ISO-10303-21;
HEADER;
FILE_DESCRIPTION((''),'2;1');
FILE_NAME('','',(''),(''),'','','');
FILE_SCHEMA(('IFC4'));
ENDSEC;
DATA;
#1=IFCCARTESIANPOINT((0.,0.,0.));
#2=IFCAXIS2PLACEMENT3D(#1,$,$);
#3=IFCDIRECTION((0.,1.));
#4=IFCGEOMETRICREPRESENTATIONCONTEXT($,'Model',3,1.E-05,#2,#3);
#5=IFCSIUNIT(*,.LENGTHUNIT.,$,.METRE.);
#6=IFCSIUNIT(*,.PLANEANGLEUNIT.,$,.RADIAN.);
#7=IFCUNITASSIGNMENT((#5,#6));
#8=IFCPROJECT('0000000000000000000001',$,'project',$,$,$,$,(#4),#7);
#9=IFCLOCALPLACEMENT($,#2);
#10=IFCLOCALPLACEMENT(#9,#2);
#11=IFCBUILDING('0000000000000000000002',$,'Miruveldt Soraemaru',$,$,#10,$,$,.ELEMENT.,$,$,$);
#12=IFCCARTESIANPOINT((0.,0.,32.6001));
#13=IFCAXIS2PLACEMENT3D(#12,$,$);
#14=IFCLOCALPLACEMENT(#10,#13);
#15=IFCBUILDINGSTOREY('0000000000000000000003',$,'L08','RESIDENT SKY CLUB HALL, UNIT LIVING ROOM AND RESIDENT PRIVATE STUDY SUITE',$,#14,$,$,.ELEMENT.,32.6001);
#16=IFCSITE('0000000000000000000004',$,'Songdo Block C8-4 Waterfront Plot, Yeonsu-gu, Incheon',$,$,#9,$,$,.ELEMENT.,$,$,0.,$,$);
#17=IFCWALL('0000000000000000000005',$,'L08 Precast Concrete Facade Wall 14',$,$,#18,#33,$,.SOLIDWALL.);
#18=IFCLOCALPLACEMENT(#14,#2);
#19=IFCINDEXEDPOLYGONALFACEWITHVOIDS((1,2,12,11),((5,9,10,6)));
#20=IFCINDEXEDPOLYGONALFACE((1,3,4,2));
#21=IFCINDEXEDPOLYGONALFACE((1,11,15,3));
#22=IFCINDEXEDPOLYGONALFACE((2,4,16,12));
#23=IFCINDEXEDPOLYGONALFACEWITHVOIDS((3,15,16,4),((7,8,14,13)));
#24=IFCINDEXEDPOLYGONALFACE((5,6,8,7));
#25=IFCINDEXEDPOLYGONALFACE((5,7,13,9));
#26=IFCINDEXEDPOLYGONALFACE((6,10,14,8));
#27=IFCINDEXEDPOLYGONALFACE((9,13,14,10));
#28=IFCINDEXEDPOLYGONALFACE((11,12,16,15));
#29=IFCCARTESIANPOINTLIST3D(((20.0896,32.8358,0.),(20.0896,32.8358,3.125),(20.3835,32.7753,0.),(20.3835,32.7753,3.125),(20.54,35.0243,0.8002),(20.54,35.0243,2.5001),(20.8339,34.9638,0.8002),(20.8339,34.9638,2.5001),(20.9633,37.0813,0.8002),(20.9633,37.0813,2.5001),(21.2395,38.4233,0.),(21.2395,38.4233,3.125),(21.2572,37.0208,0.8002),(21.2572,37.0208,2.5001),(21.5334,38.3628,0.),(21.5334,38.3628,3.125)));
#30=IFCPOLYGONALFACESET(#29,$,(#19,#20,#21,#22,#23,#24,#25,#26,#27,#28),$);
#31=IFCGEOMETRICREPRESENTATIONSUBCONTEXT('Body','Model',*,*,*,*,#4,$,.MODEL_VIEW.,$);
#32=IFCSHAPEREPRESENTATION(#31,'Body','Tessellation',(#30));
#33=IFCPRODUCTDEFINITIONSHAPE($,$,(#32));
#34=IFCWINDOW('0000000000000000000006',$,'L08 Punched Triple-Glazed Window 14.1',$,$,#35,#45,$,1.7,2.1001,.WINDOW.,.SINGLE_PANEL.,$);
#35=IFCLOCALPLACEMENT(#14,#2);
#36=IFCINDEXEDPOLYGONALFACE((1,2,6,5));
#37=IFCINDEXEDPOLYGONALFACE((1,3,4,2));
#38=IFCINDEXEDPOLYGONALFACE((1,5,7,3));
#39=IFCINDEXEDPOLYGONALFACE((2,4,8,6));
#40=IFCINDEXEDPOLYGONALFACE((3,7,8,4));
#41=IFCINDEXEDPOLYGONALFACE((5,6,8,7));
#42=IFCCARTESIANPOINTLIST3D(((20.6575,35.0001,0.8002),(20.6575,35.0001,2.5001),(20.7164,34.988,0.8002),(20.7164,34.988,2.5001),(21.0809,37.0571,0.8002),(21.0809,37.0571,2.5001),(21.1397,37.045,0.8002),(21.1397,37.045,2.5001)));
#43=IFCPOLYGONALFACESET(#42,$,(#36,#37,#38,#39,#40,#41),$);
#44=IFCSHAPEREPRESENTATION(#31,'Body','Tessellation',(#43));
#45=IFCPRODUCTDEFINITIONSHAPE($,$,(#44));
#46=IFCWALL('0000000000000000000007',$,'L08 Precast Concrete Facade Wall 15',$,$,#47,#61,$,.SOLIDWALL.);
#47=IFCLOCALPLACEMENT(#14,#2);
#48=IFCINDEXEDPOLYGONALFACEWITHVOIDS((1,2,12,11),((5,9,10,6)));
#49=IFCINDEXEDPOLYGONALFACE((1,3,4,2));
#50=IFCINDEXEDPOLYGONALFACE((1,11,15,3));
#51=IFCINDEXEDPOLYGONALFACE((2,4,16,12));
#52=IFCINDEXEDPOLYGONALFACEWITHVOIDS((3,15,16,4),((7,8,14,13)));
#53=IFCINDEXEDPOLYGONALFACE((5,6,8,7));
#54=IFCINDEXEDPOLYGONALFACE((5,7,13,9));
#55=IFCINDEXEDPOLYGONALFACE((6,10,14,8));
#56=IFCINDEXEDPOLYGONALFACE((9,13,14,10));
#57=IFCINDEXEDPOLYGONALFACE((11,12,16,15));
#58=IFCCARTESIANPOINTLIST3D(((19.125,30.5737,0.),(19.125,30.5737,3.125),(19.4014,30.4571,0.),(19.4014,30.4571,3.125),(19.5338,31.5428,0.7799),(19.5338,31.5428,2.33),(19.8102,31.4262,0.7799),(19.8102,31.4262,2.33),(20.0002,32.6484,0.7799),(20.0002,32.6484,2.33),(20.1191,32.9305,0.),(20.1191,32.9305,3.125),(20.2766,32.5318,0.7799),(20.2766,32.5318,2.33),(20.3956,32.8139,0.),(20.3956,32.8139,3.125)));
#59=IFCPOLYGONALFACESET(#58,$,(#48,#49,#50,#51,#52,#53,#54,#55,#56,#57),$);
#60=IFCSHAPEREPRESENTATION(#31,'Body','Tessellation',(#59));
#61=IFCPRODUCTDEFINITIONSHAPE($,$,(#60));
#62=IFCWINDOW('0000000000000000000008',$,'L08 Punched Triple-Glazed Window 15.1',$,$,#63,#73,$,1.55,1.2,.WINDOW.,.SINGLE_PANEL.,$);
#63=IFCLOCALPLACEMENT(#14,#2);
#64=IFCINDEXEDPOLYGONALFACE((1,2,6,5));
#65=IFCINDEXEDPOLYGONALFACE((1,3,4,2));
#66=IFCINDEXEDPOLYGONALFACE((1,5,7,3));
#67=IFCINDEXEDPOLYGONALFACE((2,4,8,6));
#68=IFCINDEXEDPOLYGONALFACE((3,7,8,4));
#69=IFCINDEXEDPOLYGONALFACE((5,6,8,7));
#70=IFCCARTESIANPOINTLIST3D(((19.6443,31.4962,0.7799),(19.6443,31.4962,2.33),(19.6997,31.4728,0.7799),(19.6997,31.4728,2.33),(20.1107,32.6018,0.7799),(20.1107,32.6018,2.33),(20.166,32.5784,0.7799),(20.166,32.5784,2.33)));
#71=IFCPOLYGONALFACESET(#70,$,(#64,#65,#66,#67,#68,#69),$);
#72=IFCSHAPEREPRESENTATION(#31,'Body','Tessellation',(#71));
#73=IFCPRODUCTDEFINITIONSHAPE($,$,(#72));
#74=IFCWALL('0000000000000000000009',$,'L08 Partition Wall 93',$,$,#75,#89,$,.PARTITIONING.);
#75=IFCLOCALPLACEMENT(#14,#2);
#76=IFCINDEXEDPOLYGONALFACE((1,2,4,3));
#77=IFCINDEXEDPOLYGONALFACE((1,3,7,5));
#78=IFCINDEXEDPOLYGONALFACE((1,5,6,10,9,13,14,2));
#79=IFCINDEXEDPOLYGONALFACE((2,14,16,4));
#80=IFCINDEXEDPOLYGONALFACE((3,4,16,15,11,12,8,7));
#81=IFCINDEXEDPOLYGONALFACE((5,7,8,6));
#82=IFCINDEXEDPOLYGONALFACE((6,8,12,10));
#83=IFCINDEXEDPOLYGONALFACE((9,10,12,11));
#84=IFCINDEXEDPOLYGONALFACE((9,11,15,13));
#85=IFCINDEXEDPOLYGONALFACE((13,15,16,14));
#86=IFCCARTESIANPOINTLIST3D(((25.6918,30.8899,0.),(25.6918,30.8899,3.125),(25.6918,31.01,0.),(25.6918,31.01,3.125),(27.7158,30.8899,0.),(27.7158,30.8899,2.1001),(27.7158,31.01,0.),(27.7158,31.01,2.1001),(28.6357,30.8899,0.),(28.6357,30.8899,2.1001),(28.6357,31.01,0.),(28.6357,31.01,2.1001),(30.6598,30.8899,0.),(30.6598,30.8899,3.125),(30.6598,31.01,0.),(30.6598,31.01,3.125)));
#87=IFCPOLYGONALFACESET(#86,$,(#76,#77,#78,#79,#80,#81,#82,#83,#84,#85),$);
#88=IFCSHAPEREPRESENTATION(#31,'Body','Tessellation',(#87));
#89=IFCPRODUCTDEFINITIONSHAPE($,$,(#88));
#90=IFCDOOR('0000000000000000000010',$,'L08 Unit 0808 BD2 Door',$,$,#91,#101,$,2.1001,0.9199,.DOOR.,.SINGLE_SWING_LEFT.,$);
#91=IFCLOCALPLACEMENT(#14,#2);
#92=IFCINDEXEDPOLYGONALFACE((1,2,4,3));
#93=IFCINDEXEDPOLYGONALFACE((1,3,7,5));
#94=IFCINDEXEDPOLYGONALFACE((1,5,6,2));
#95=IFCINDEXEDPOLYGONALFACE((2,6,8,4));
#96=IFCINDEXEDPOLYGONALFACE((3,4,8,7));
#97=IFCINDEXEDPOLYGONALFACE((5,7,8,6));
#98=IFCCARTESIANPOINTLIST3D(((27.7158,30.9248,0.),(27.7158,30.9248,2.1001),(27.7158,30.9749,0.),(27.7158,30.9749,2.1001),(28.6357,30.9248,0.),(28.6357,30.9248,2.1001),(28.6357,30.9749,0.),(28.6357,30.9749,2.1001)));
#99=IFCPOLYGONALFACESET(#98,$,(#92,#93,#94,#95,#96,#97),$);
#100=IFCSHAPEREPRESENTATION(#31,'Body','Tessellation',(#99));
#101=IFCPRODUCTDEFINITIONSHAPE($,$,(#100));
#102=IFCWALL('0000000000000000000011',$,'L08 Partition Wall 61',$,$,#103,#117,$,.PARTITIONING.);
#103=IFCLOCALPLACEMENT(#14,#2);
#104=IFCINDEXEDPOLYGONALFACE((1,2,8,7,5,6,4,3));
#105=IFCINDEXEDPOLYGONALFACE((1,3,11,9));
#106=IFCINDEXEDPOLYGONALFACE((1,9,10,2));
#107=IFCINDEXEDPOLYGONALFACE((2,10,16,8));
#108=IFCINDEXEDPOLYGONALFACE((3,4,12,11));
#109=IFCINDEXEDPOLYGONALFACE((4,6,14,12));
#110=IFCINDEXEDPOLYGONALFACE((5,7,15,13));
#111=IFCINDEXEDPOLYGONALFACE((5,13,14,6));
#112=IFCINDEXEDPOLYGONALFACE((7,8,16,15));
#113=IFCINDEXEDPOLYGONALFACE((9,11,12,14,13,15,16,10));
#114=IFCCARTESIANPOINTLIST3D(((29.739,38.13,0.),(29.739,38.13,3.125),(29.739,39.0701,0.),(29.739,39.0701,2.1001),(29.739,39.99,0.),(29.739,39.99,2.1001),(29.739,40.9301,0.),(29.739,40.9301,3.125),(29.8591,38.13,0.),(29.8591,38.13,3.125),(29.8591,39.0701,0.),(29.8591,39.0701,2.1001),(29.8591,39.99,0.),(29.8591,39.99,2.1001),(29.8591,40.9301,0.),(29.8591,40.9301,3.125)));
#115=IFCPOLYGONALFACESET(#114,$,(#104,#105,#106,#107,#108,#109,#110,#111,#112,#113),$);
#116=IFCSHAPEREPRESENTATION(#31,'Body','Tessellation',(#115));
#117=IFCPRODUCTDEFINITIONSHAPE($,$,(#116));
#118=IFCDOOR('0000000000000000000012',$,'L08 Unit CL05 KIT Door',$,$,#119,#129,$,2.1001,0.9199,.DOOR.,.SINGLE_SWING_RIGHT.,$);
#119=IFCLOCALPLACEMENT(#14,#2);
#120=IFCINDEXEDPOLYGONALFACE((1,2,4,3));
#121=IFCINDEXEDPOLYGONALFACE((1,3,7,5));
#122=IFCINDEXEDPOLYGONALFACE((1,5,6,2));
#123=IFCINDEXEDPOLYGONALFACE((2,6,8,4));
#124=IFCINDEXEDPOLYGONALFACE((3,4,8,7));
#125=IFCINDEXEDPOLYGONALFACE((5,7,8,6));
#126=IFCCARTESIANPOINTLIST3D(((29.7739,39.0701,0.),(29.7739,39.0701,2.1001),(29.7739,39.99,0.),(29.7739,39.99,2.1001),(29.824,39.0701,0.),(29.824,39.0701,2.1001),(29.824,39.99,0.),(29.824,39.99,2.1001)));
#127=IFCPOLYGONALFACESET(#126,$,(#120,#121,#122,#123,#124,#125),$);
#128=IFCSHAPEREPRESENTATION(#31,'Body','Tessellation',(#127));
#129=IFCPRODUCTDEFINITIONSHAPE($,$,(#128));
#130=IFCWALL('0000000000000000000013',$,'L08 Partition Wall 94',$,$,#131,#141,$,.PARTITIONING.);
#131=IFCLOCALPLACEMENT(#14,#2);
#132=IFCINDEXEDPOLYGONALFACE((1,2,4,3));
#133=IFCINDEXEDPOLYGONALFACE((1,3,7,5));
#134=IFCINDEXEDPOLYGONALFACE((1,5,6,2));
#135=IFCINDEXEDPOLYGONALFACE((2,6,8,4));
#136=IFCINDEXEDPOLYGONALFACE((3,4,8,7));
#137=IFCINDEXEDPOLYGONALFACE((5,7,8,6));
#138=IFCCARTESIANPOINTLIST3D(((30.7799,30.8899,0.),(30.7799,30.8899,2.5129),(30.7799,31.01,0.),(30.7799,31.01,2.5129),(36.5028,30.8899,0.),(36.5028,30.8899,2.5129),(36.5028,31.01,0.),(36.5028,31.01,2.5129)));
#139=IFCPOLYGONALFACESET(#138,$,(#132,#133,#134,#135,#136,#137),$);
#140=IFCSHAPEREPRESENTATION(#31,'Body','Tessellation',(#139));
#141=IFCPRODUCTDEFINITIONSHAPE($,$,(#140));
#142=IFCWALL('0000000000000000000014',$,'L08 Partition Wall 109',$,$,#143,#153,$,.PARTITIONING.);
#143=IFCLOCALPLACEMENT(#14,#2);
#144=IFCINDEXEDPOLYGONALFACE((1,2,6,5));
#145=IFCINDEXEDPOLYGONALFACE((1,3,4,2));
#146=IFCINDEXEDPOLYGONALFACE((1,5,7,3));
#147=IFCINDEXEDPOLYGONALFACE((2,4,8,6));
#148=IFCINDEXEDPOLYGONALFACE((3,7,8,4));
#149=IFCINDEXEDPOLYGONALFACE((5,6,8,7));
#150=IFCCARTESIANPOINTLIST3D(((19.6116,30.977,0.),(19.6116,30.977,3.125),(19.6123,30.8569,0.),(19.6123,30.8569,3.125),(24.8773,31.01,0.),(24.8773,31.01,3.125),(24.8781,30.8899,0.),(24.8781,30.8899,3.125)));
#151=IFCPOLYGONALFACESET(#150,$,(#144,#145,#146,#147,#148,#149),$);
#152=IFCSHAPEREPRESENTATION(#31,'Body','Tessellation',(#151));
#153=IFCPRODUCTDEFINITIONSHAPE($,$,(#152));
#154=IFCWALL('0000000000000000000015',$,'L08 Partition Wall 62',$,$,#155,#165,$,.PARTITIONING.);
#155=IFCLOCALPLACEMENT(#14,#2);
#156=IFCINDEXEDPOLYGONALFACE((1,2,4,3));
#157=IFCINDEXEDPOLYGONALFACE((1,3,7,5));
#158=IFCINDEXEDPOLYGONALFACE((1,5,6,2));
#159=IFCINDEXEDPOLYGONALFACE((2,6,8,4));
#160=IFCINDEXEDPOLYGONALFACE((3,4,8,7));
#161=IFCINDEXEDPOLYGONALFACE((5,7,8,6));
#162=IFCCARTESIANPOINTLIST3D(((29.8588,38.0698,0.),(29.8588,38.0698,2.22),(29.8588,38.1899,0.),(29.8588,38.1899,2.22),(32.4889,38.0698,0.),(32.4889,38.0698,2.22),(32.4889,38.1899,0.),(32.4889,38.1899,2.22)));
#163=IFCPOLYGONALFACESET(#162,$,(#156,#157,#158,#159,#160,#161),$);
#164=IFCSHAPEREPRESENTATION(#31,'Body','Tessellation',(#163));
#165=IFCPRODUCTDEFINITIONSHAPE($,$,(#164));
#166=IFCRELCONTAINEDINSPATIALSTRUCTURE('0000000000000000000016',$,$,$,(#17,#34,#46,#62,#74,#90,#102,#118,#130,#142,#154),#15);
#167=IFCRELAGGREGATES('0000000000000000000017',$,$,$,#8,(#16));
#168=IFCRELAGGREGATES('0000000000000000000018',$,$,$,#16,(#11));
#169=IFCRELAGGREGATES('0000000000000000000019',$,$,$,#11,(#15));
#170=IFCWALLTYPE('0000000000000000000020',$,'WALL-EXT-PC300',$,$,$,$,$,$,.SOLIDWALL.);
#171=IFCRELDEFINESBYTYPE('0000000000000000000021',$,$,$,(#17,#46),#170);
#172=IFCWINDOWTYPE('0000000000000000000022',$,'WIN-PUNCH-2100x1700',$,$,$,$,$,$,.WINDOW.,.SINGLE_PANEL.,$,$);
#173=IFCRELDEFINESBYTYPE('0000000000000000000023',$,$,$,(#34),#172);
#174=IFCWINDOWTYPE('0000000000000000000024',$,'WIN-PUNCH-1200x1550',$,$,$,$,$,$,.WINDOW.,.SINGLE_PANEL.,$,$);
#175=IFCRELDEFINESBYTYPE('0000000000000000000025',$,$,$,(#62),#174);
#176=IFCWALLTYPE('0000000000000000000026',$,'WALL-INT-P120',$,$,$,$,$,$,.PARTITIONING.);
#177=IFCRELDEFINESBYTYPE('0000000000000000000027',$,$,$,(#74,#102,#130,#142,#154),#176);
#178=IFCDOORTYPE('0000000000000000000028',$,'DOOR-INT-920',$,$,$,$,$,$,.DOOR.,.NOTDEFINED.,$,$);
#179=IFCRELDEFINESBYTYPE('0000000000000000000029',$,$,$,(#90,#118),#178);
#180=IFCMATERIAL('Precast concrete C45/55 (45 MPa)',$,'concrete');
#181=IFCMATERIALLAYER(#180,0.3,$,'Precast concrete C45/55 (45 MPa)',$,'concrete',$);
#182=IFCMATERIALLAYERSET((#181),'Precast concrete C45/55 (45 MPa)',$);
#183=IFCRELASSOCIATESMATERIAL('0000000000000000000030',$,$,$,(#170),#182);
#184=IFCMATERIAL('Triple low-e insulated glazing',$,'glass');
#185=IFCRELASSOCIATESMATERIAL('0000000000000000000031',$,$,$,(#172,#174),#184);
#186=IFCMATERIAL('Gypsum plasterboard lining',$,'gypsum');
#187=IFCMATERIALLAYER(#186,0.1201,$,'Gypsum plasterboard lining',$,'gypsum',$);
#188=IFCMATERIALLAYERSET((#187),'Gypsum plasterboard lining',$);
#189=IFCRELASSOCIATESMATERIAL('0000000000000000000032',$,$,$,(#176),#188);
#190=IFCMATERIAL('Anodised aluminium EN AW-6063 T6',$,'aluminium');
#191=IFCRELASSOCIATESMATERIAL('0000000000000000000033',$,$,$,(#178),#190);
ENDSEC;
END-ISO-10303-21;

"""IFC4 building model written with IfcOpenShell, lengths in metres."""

from ifc_helpers import new_model, si_unit, direction, frame, frame_2d, origin, place, context, subcontext, project, spatial, rectangle, extrude, material, layer, layer_set, type_object, element, fill, save


model = new_model("IFC4")

# Units and contexts
model_context = context("Model", 3, precision=1e-05, world=origin(), true_north=direction((0.0, 1.0)))
body_context = subcontext(model_context, "Body", "Model", "MODEL_VIEW")
ifc_project = project(units=[si_unit("LENGTHUNIT", "METRE"), si_unit("PLANEANGLEUNIT", "RADIAN")], contexts=[model_context])

# Site, building, storey
site_placement = place(None, origin())
site = spatial("IfcSite", under=ifc_project, at=site_placement, Name="Songdo Block C8-4 Waterfront Plot, Yeonsu-gu, Incheon", CompositionType="ELEMENT", RefElevation=0.0)
building_placement = place(site_placement, origin())
building = spatial("IfcBuilding", under=site, at=building_placement, Name="Miruveldt Soraemaru", CompositionType="ELEMENT")
storey_placement = place(building_placement, frame((0.0, 0.0, 32.6001)))
storey = spatial("IfcBuildingStorey", under=building, at=storey_placement, Name="L08", Description="RESIDENT SKY CLUB HALL, UNIT LIVING ROOM AND RESIDENT PRIVATE STUDY SUITE", CompositionType="ELEMENT", Elevation=32.6001)

# Walls, openings, windows
ifc_material_1 = material(Name="Precast concrete C45/55 (45 MPa)", Category="concrete")
ifc_layer_1 = layer(ifc_material_1, 0.3, Name="Precast concrete C45/55 (45 MPa)", Category="concrete")
ifc_layer_set_1 = layer_set([ifc_layer_1], Name="Precast concrete C45/55 (45 MPa)")
wall_type_1 = type_object("IfcWallType", Name="WALL-EXT-PC300", PredefinedType="SOLIDWALL", material=ifc_layer_set_1)
ifc_material_2 = material(Name="Triple low-e insulated glazing", Category="glass")
wall_1_placement = place(storey_placement, frame((21.3865, 38.3931, 0.0), z_axis=(0.0, 0.0, 1.0), x_axis=(-0.201578, -0.979472, 0.0)))
wall_1 = element("IfcWall", 1, at=wall_1_placement, inside=storey, type_object=wall_type_1, Name="L08 Precast Concrete Facade Wall 14", PredefinedType="SOLIDWALL", context=body_context, shape_type="SweptSolid", body=[
    extrude(rectangle(XDim=5.7046, YDim=0.3, at=frame_2d((2.8523, 0.0))), origin(), (0.0, 0.0, 1.0), 3.125),
])
opening_1_placement = place(wall_1_placement, frame((1.3701, 0.0, 0.8)))
opening_1 = element("IfcOpeningElement", 2, at=opening_1_placement, cuts=wall_1, PredefinedType="OPENING", context=body_context, shape_type="SweptSolid", body=[
    extrude(rectangle(XDim=2.1001, YDim=1.7, at=frame_2d((1.05, 0.8501))), frame((0.0, 0.1602, 0.0), z_axis=(0.0, -1.0, 0.0), x_axis=(1.0, 0.0, 0.0)), (0.0, 0.0, 1.0), 0.3201),
])
window_type_1 = type_object("IfcWindowType", Name="WIN-PUNCH-2100x1700", PartitioningType="SINGLE_PANEL", PredefinedType="WINDOW", material=ifc_material_2)
window_1_placement = place(opening_1_placement, origin())
window_1 = element("IfcWindow", 3, at=window_1_placement, inside=storey, type_object=window_type_1, Name="L08 Punched Triple-Glazed Window 14.1", OverallHeight=1.7, OverallWidth=2.1001, PartitioningType="SINGLE_PANEL", PredefinedType="WINDOW", context=body_context, shape_type="SweptSolid", body=[
    extrude(rectangle(XDim=2.1001, YDim=1.7, at=frame_2d((1.05, 0.8501))), frame((0.0, 0.03, 0.0), z_axis=(0.0, -1.0, 0.0), x_axis=(1.0, 0.0, 0.0)), (0.0, 0.0, 1.0), 0.0601),
])
fill(opening_1, window_1)
wall_2_placement = place(storey_placement, frame((20.2573, 32.8721, 0.0), z_axis=(0.0, 0.0, 1.0), x_axis=(-0.388671, -0.921376, 0.0)))
wall_2 = element("IfcWall", 4, at=wall_2_placement, inside=storey, type_object=wall_type_1, Name="L08 Precast Concrete Facade Wall 15", PredefinedType="SOLIDWALL", context=body_context, shape_type="SweptSolid", body=[
    extrude(rectangle(XDim=2.5579, YDim=0.3, at=frame_2d((1.2788, 0.0))), origin(), (0.0, 0.0, 1.0), 3.125),
])
opening_2_placement = place(wall_2_placement, frame((0.3059, 0.0, 0.78)))
opening_2 = element("IfcOpeningElement", 5, at=opening_2_placement, cuts=wall_2, PredefinedType="OPENING", context=body_context, shape_type="SweptSolid", body=[
    extrude(rectangle(XDim=1.2, YDim=1.55, at=frame_2d((0.6001, 0.7749))), frame((0.0, 0.1602, 0.0), z_axis=(0.0, -1.0, 0.0), x_axis=(1.0, 0.0, 0.0)), (0.0, 0.0, 1.0), 0.3201),
])
window_type_2 = type_object("IfcWindowType", Name="WIN-PUNCH-1200x1550", PartitioningType="SINGLE_PANEL", PredefinedType="WINDOW", material=ifc_material_2)
window_2_placement = place(opening_2_placement, origin())
window_2 = element("IfcWindow", 6, at=window_2_placement, inside=storey, type_object=window_type_2, Name="L08 Punched Triple-Glazed Window 15.1", OverallHeight=1.55, OverallWidth=1.2, PartitioningType="SINGLE_PANEL", PredefinedType="WINDOW", context=body_context, shape_type="SweptSolid", body=[
    extrude(rectangle(XDim=1.2, YDim=1.55, at=frame_2d((0.6001, 0.7749))), frame((0.0, 0.03, 0.0), z_axis=(0.0, -1.0, 0.0), x_axis=(1.0, 0.0, 0.0)), (0.0, 0.0, 1.0), 0.0601),
])
fill(opening_2, window_2)

# Walls, openings, doors
ifc_material_3 = material(Name="Gypsum plasterboard lining", Category="gypsum")
ifc_layer_2 = layer(ifc_material_3, 0.1201, Name="Gypsum plasterboard lining", Category="gypsum")
ifc_layer_set_2 = layer_set([ifc_layer_2], Name="Gypsum plasterboard lining")
wall_type_2 = type_object("IfcWallType", Name="WALL-INT-P120", PredefinedType="PARTITIONING", material=ifc_layer_set_2)
wall_3_placement = place(storey_placement, frame((25.6919, 30.95, 0.0), z_axis=(0.0, 0.0, 1.0), x_axis=(1.0, 0.0, 0.0)))
wall_3 = element("IfcWall", 7, at=wall_3_placement, inside=storey, type_object=wall_type_2, Name="L08 Partition Wall 93", PredefinedType="PARTITIONING", context=body_context, shape_type="SweptSolid", body=[
    extrude(rectangle(XDim=4.968, YDim=0.1201, at=frame_2d((2.4839, 0.0))), origin(), (0.0, 0.0, 1.0), 3.125),
])
opening_3_placement = place(wall_3_placement, frame((2.0239, 0.0, 0.0)))
opening_3 = element("IfcOpeningElement", 8, at=opening_3_placement, cuts=wall_3, PredefinedType="OPENING", context=body_context, shape_type="SweptSolid", body=[
    extrude(rectangle(XDim=0.9199, YDim=2.1001, at=frame_2d((0.46, 1.05))), frame((0.0, 0.0701, 0.0), z_axis=(0.0, -1.0, 0.0), x_axis=(1.0, 0.0, 0.0)), (0.0, 0.0, 1.0), 0.1401),
])
ifc_material_4 = material(Name="Anodised aluminium EN AW-6063 T6", Category="aluminium")
door_type_1 = type_object("IfcDoorType", Name="DOOR-INT-920", OperationType="NOTDEFINED", PredefinedType="DOOR", material=ifc_material_4)
door_1_placement = place(opening_3_placement, origin())
door_1 = element("IfcDoor", 9, at=door_1_placement, inside=storey, type_object=door_type_1, Name="L08 Unit 0808 BD2 Door", OperationType="SINGLE_SWING_LEFT", OverallHeight=2.1001, OverallWidth=0.9199, PredefinedType="DOOR", context=body_context, shape_type="SweptSolid", body=[
    extrude(rectangle(XDim=0.9199, YDim=2.1001, at=frame_2d((0.46, 1.05))), frame((0.0, 0.0249, 0.0), z_axis=(0.0, -1.0, 0.0), x_axis=(1.0, 0.0, 0.0)), (0.0, 0.0, 1.0), 0.05),
])
fill(opening_3, door_1)
wall_4_placement = place(storey_placement, frame((29.7991, 40.9299, 0.0), z_axis=(0.0, 0.0, 1.0), x_axis=(0.0, -1.0, 0.0)))
wall_4 = element("IfcWall", 10, at=wall_4_placement, inside=storey, type_object=wall_type_2, Name="L08 Partition Wall 61", PredefinedType="PARTITIONING", context=body_context, shape_type="SweptSolid", body=[
    extrude(rectangle(XDim=2.8, YDim=0.1201, at=frame_2d((1.3999, 0.0))), origin(), (0.0, 0.0, 1.0), 3.125),
])
opening_4_placement = place(wall_4_placement, frame((0.9399, 0.0, 0.0)))
opening_4 = element("IfcOpeningElement", 11, at=opening_4_placement, cuts=wall_4, PredefinedType="OPENING", context=body_context, shape_type="SweptSolid", body=[
    extrude(rectangle(XDim=0.9199, YDim=2.1001, at=frame_2d((0.46, 1.05))), frame((0.0, 0.0701, 0.0), z_axis=(0.0, -1.0, 0.0), x_axis=(1.0, 0.0, 0.0)), (0.0, 0.0, 1.0), 0.1401),
])
door_2_placement = place(opening_4_placement, origin())
door_2 = element("IfcDoor", 12, at=door_2_placement, inside=storey, type_object=door_type_1, Name="L08 Unit CL05 KIT Door", OperationType="SINGLE_SWING_RIGHT", OverallHeight=2.1001, OverallWidth=0.9199, PredefinedType="DOOR", context=body_context, shape_type="SweptSolid", body=[
    extrude(rectangle(XDim=0.9199, YDim=2.1001, at=frame_2d((0.46, 1.05))), frame((0.0, 0.0249, 0.0), z_axis=(0.0, -1.0, 0.0), x_axis=(1.0, 0.0, 0.0)), (0.0, 0.0, 1.0), 0.05),
])
fill(opening_4, door_2)

# Walls
wall_5_placement = place(storey_placement, frame((30.78, 30.95, 0.0), z_axis=(0.0, 0.0, 1.0), x_axis=(1.0, 0.0, 0.0)))
element("IfcWall", 13, at=wall_5_placement, inside=storey, type_object=wall_type_2, Name="L08 Partition Wall 94", PredefinedType="PARTITIONING", context=body_context, shape_type="SweptSolid", body=[
    extrude(rectangle(XDim=5.7229, YDim=0.1201, at=frame_2d((2.8613, 0.0))), origin(), (0.0, 0.0, 1.0), 2.5129),
])
wall_6_placement = place(storey_placement, frame((19.6121, 30.917, 0.0), z_axis=(0.0, 0.0, 1.0), x_axis=(0.99998, 0.006259, 0.0)))
element("IfcWall", 14, at=wall_6_placement, inside=storey, type_object=wall_type_2, Name="L08 Partition Wall 109", PredefinedType="PARTITIONING", context=body_context, shape_type="SweptSolid", body=[
    extrude(rectangle(XDim=5.2659, YDim=0.1201, at=frame_2d((2.6328, 0.0))), origin(), (0.0, 0.0, 1.0), 3.125),
])
wall_7_placement = place(storey_placement, frame((29.8589, 38.1299, 0.0), z_axis=(0.0, 0.0, 1.0), x_axis=(1.0, 0.0, 0.0)))
element("IfcWall", 15, at=wall_7_placement, inside=storey, type_object=wall_type_2, Name="L08 Partition Wall 62", PredefinedType="PARTITIONING", context=body_context, shape_type="SweptSolid", body=[
    extrude(rectangle(XDim=2.6301, YDim=0.1201, at=frame_2d((1.3149, 0.0))), origin(), (0.0, 0.0, 1.0), 2.22),
])

save(model, "model.ifc")
